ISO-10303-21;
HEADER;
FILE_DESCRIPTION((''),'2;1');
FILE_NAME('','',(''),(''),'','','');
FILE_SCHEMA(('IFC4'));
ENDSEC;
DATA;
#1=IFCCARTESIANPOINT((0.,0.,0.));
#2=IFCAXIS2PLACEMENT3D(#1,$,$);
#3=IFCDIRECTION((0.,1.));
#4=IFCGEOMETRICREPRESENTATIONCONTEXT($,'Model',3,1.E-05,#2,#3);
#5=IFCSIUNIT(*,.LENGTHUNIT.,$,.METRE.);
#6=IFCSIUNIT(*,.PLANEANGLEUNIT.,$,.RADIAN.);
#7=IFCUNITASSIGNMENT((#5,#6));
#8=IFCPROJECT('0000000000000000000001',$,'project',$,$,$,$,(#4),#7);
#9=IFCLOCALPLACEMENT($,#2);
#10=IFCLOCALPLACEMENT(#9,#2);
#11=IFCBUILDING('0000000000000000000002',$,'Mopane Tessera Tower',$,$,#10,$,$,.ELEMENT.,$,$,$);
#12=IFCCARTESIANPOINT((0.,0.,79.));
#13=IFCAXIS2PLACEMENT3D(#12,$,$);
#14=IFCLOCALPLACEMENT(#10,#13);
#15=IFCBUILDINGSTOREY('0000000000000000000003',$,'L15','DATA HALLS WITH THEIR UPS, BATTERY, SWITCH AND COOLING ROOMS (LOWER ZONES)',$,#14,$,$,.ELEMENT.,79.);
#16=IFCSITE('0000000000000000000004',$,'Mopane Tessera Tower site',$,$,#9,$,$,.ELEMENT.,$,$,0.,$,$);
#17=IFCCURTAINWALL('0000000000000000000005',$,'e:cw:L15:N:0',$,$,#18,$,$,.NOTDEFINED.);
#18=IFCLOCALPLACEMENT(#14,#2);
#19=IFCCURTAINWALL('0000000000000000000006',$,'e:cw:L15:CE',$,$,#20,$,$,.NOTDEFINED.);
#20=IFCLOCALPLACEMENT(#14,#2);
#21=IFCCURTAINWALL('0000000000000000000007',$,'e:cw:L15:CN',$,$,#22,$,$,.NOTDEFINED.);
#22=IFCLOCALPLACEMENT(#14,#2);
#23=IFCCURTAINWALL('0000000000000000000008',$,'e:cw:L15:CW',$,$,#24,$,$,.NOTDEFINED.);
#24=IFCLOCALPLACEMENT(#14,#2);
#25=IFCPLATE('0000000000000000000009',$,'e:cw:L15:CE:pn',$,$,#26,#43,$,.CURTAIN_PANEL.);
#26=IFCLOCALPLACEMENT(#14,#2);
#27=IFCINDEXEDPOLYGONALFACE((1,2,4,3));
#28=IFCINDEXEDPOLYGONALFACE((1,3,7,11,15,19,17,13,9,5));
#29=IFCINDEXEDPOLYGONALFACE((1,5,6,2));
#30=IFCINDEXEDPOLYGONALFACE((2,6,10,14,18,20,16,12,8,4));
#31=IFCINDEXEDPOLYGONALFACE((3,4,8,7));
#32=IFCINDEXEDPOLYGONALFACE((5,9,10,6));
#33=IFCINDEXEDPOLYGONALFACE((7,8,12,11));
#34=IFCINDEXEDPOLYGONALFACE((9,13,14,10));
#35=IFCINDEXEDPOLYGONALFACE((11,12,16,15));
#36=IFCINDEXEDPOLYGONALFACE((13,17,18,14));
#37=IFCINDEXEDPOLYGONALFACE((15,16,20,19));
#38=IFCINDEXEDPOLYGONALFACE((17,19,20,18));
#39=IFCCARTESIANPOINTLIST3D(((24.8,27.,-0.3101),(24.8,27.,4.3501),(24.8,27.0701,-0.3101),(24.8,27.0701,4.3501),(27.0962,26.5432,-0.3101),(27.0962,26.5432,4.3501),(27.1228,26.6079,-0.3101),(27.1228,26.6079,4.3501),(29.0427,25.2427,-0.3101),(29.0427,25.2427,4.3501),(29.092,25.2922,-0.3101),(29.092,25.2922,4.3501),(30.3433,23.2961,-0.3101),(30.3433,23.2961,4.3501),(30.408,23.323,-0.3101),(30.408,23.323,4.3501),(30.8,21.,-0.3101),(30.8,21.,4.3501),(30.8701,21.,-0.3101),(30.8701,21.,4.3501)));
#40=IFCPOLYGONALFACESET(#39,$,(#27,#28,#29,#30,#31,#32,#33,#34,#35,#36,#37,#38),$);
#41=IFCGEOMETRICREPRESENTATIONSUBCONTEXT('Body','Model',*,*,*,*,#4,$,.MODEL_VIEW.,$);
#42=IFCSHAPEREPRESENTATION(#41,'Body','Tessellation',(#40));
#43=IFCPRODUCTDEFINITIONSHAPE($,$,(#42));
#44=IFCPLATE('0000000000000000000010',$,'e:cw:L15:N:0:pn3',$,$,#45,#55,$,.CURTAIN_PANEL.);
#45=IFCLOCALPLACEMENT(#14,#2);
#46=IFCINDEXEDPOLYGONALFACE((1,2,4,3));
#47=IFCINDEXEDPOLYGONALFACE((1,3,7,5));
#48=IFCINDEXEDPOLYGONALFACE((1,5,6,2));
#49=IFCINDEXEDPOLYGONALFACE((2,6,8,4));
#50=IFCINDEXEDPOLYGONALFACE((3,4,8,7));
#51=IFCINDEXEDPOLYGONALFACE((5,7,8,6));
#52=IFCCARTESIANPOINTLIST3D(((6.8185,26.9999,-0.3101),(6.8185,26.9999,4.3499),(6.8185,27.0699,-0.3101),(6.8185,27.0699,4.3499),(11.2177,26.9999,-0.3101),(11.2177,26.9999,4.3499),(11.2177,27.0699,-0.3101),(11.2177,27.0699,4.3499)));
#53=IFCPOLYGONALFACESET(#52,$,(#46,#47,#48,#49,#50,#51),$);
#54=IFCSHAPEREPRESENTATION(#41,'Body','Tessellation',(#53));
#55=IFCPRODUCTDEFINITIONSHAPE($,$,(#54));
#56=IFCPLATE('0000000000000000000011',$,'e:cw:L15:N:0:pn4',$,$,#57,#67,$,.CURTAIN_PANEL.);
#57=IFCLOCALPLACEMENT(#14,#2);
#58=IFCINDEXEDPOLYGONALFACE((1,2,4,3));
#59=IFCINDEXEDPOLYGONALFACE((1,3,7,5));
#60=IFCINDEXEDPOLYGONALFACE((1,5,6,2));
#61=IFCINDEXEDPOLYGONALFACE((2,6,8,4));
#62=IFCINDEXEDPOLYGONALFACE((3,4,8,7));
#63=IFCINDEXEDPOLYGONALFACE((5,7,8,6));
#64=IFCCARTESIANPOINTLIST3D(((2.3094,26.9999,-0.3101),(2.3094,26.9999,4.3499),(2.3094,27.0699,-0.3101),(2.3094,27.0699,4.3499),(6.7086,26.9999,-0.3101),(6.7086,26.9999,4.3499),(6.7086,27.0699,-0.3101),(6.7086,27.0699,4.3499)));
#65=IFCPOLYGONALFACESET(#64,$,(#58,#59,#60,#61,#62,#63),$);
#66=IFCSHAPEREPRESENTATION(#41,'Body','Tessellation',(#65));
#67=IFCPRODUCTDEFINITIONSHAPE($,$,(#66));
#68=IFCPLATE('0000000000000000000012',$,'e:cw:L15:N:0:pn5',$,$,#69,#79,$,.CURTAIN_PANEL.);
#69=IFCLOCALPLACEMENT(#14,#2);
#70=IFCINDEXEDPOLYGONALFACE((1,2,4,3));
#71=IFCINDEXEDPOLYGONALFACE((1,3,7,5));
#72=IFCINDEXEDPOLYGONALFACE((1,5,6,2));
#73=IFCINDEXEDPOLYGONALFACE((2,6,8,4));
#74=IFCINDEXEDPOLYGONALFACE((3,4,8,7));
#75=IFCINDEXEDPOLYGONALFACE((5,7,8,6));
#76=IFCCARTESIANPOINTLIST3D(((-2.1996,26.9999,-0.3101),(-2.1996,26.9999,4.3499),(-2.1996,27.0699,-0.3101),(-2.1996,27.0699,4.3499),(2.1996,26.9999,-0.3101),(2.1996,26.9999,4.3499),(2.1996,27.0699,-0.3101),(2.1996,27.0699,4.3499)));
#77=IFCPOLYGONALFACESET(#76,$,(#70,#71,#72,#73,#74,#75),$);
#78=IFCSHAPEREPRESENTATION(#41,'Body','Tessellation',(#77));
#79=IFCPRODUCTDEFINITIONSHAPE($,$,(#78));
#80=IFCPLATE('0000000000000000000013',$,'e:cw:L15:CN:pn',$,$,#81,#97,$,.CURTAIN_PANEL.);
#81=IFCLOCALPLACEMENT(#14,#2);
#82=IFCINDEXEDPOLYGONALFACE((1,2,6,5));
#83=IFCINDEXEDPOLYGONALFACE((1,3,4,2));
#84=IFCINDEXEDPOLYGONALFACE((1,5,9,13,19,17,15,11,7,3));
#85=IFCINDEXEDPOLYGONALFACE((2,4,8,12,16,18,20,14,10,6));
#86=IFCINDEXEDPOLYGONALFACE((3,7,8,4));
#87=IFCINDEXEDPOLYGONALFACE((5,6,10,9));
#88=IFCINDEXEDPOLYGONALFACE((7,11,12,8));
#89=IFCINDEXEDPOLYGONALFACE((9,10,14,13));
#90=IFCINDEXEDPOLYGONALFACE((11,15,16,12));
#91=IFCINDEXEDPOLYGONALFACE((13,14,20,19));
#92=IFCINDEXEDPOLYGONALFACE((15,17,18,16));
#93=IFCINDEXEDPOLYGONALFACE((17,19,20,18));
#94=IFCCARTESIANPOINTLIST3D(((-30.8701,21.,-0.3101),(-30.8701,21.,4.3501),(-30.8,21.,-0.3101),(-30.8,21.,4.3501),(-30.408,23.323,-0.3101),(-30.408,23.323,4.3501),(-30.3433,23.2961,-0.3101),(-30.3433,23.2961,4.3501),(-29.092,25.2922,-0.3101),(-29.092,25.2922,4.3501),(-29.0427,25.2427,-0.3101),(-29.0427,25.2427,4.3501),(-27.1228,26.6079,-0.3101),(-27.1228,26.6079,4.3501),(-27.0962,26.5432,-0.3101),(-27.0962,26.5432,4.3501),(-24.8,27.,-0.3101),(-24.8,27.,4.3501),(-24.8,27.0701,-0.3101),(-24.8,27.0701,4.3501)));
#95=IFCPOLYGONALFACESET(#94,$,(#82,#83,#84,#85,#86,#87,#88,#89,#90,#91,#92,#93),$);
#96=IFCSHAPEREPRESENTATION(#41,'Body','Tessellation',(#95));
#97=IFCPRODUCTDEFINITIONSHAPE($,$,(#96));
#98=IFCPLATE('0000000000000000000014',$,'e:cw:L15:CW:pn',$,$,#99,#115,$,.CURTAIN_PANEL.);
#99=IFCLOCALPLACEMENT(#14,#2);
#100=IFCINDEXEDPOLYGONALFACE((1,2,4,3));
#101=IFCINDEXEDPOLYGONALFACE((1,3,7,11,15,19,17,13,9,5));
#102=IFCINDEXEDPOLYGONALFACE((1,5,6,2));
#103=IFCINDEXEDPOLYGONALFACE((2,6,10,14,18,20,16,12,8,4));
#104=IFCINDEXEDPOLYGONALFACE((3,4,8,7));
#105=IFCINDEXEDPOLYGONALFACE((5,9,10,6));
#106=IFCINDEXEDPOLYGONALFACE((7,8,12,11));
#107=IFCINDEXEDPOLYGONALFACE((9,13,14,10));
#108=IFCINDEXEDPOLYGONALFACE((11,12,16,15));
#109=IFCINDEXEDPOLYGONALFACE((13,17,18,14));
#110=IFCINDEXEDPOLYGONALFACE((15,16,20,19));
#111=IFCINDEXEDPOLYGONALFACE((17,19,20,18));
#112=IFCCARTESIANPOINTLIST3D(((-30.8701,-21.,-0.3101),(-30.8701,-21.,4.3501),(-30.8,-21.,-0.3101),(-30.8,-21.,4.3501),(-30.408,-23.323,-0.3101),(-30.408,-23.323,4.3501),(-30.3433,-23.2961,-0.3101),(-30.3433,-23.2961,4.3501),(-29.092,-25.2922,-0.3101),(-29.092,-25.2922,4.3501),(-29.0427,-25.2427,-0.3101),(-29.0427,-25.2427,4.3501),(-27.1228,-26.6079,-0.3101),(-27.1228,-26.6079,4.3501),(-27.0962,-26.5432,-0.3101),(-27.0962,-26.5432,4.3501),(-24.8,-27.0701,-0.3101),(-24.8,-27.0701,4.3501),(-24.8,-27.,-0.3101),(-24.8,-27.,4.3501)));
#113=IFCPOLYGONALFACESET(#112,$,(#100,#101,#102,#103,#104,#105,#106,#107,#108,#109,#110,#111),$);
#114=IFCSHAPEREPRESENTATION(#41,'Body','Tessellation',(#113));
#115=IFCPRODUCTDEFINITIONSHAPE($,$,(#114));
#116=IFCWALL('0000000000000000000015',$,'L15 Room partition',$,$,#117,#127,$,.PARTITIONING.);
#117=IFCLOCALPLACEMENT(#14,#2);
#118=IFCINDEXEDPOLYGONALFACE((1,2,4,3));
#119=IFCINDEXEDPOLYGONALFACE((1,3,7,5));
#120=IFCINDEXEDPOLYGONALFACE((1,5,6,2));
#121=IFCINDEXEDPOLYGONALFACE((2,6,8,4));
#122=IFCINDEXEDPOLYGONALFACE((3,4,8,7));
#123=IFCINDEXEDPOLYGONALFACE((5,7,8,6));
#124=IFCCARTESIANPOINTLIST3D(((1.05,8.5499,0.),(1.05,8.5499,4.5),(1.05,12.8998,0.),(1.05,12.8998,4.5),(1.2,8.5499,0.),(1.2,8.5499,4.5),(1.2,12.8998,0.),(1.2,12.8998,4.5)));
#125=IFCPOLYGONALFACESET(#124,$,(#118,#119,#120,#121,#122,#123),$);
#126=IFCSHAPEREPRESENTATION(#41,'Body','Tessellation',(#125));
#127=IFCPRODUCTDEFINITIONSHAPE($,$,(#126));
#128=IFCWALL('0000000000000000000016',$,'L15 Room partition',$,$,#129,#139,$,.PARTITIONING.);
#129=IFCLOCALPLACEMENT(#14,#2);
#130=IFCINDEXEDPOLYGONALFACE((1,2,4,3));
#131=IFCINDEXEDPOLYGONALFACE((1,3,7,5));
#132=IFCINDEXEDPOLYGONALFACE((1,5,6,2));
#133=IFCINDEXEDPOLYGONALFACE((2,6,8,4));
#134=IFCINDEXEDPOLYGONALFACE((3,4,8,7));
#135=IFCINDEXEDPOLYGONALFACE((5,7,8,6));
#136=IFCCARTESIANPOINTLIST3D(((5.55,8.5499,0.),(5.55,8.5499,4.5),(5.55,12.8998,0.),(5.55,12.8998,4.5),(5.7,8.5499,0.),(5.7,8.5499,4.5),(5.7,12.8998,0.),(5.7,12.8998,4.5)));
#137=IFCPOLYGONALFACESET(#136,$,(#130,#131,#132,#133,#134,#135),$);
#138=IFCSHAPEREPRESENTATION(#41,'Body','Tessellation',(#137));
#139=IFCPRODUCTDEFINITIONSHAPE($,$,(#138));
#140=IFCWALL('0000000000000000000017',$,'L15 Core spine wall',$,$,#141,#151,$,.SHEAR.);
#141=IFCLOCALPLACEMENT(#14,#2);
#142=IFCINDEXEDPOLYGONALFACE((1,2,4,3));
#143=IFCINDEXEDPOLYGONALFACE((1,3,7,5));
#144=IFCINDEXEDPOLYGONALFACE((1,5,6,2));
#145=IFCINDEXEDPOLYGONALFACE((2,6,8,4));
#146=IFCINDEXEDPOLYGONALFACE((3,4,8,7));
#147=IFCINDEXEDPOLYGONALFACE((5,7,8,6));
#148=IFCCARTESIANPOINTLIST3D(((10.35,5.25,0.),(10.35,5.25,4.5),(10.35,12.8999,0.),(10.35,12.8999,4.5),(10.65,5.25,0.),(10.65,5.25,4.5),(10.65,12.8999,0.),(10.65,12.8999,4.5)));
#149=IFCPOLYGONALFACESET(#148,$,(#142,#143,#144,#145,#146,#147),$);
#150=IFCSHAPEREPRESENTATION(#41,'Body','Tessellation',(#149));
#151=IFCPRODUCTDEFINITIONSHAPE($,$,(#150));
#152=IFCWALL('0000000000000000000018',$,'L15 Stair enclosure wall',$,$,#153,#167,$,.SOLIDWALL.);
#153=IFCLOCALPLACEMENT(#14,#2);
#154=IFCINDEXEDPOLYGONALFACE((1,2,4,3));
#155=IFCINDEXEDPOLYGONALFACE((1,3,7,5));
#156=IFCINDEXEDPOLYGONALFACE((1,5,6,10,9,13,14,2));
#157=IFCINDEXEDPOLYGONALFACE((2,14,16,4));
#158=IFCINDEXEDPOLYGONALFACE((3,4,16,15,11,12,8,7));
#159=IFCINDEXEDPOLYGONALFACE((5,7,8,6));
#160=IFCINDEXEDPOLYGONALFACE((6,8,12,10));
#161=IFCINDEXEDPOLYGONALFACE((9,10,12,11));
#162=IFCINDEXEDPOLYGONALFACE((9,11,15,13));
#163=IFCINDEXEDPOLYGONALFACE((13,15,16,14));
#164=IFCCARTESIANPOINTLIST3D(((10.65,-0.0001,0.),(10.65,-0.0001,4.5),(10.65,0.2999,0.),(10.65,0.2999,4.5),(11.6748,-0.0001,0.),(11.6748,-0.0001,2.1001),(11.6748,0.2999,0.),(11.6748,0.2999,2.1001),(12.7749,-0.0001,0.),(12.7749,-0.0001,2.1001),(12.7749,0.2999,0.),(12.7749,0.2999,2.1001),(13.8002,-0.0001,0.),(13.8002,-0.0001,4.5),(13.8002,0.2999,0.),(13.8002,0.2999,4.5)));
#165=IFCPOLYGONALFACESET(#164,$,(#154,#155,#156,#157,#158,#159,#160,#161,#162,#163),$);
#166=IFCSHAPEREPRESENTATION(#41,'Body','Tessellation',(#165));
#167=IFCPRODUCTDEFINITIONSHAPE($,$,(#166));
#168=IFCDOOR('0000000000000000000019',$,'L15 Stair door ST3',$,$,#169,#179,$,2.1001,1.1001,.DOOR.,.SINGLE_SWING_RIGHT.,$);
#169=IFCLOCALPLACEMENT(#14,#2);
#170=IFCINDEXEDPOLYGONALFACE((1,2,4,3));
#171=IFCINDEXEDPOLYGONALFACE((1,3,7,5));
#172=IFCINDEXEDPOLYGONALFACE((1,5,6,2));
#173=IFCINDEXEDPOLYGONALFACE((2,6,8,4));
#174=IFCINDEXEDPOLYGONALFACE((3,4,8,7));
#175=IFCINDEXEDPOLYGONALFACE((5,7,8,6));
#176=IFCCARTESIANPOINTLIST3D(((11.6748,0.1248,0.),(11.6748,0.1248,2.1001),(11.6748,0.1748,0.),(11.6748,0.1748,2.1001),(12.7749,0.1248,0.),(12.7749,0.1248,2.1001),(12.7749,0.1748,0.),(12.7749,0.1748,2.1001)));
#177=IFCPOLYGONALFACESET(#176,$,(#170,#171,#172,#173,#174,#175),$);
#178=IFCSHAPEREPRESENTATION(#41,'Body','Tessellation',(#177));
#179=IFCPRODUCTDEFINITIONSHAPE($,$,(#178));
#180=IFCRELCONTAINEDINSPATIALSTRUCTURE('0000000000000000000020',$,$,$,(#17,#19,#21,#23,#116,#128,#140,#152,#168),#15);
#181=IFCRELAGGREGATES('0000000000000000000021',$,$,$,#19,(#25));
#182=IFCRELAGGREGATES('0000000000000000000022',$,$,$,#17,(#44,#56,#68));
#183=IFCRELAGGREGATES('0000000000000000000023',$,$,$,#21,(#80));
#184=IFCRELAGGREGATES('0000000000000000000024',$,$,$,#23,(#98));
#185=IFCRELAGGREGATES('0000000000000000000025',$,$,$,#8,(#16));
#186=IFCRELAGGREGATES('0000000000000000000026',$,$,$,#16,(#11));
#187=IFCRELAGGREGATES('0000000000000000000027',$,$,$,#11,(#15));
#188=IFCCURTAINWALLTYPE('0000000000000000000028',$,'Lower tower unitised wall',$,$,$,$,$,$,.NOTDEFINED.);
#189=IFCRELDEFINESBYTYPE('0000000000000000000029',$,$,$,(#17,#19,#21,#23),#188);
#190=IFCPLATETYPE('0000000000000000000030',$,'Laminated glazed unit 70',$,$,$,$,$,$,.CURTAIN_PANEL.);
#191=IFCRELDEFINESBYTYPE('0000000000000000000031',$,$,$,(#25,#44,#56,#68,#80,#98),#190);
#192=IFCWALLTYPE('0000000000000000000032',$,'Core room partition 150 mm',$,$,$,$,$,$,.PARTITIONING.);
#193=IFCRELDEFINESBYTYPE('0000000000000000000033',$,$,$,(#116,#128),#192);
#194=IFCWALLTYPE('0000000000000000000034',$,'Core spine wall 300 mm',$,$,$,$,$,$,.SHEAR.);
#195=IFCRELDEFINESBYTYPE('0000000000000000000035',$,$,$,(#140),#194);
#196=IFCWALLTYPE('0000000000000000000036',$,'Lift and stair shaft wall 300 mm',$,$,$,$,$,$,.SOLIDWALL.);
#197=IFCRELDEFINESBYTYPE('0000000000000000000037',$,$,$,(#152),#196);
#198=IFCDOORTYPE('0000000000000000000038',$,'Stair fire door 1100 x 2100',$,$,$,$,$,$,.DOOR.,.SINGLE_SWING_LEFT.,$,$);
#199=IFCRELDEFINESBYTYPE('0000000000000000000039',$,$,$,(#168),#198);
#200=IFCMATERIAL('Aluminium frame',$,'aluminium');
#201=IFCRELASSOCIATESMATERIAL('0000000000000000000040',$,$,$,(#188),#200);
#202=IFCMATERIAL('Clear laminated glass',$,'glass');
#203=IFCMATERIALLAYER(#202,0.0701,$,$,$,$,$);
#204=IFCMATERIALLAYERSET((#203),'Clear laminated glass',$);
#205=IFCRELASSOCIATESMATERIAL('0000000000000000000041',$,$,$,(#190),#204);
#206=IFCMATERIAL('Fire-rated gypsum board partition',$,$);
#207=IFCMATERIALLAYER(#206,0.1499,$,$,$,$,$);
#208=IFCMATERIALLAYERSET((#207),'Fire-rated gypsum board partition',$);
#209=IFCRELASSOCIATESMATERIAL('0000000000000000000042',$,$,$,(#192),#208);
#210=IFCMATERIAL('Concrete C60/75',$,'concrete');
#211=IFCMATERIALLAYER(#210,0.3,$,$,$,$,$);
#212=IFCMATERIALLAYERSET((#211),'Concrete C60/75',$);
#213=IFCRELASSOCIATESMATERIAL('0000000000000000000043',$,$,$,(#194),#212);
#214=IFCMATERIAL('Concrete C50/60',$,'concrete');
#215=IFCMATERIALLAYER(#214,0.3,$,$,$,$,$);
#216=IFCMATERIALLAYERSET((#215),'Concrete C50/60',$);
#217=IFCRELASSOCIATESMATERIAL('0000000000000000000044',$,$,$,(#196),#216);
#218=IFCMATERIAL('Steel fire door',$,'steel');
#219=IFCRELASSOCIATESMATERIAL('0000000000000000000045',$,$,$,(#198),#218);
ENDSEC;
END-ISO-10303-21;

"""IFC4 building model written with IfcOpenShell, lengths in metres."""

from ifc_helpers import new_model, si_unit, direction, frame, frame_2d, origin, origin_2d, place, context, subcontext, project, spatial, polyline, rectangle, outline, extrude, material, layer, layer_set, type_object, element, fill, aggregate, save


model = new_model("IFC4")

# Units and contexts
model_context = context("Model", 3, precision=1e-05, world=origin(), true_north=direction((0.0, 1.0)))
body_context = subcontext(model_context, "Body", "Model", "MODEL_VIEW")
ifc_project = project(units=[si_unit("LENGTHUNIT", "METRE"), si_unit("PLANEANGLEUNIT", "RADIAN")], contexts=[model_context])

# Site, building, storey
site_placement = place(None, origin())
site = spatial("IfcSite", under=ifc_project, at=site_placement, Name="Mopane Tessera Tower site", CompositionType="ELEMENT", RefElevation=0.0)
building_placement = place(site_placement, origin())
building = spatial("IfcBuilding", under=site, at=building_placement, Name="Mopane Tessera Tower", CompositionType="ELEMENT")
storey_placement = place(building_placement, frame((0.0, 0.0, 79.0)))
storey = spatial("IfcBuildingStorey", under=building, at=storey_placement, Name="L15", Description="DATA HALLS WITH THEIR UPS, BATTERY, SWITCH AND COOLING ROOMS (LOWER ZONES)", CompositionType="ELEMENT", Elevation=79.0)

# Curtain wall
ifc_material_1 = material(Name="Aluminium frame", Category="aluminium")
curtain_wall_type = type_object("IfcCurtainWallType", Name="Lower tower unitised wall", PredefinedType="NOTDEFINED", material=ifc_material_1)
curtain_wall_1_placement = place(storey_placement, origin())
curtain_wall_1 = element("IfcCurtainWall", 1, at=curtain_wall_1_placement, inside=storey, type_object=curtain_wall_type, Name="e:cw:L15:N:0", PredefinedType="NOTDEFINED")

# Curtain wall
curtain_wall_2_placement = place(storey_placement, origin())
curtain_wall_2 = element("IfcCurtainWall", 2, at=curtain_wall_2_placement, inside=storey, type_object=curtain_wall_type, Name="e:cw:L15:CE", PredefinedType="NOTDEFINED")

# Curtain walls
curtain_wall_3_placement = place(storey_placement, origin())
curtain_wall_3 = element("IfcCurtainWall", 3, at=curtain_wall_3_placement, inside=storey, type_object=curtain_wall_type, Name="e:cw:L15:CN", PredefinedType="NOTDEFINED")
curtain_wall_4_placement = place(storey_placement, origin())
curtain_wall_4 = element("IfcCurtainWall", 4, at=curtain_wall_4_placement, inside=storey, type_object=curtain_wall_type, Name="e:cw:L15:CW", PredefinedType="NOTDEFINED")

# Plates
ifc_material_2 = material(Name="Clear laminated glass", Category="glass")
ifc_layer_1 = layer(ifc_material_2, 0.0701)
ifc_layer_set_1 = layer_set([ifc_layer_1], Name="Clear laminated glass")
plate_type = type_object("IfcPlateType", Name="Laminated glazed unit 70", PredefinedType="CURTAIN_PANEL", material=ifc_layer_set_1)
plate_1_placement = place(storey_placement, frame((0.0, 0.0, -0.3101)))
plate_1 = element("IfcPlate", 5, at=plate_1_placement, type_object=plate_type, Name="e:cw:L15:CE:pn", PredefinedType="CURTAIN_PANEL", context=body_context, shape_type="SweptSolid", body=[
    extrude(outline(polyline([(30.8, 21.0), (30.3433, 23.2961), (29.0427, 25.2427), (27.0962, 26.5432), (24.8, 27.0), (24.8, 27.0701), (27.1228, 26.6079), (29.092, 25.2922), (30.408, 23.323), (30.8701, 21.0), (30.8, 21.0)])), origin(), (0.0, 0.0, 1.0), 4.6602),
])
aggregate(curtain_wall_2, [plate_1])
plate_2_placement = place(storey_placement, frame((9.0181, 27.0349, -0.3101), z_axis=(0.0, 0.0, 1.0), x_axis=(-1.0, 0.0, 0.0)))
plate_2 = element("IfcPlate", 6, at=plate_2_placement, type_object=plate_type, Name="e:cw:L15:N:0:pn3", PredefinedType="CURTAIN_PANEL", context=body_context, shape_type="SweptSolid", body=[
    extrude(rectangle(XDim=4.3992, YDim=0.0701, at=origin_2d()), origin(), (0.0, 0.0, 1.0), 4.6599),
])
plate_3_placement = place(storey_placement, frame((4.509, 27.0349, -0.3101), z_axis=(0.0, 0.0, 1.0), x_axis=(-1.0, 0.0, 0.0)))
plate_3 = element("IfcPlate", 7, at=plate_3_placement, type_object=plate_type, Name="e:cw:L15:N:0:pn4", PredefinedType="CURTAIN_PANEL", context=body_context, shape_type="SweptSolid", body=[
    extrude(rectangle(XDim=4.3992, YDim=0.0701, at=origin_2d()), origin(), (0.0, 0.0, 1.0), 4.6599),
])
plate_4_placement = place(storey_placement, frame((0.0, 27.0349, -0.3101), z_axis=(0.0, 0.0, 1.0), x_axis=(-1.0, 0.0, 0.0)))
plate_4 = element("IfcPlate", 8, at=plate_4_placement, type_object=plate_type, Name="e:cw:L15:N:0:pn5", PredefinedType="CURTAIN_PANEL", context=body_context, shape_type="SweptSolid", body=[
    extrude(rectangle(XDim=4.3992, YDim=0.0701, at=origin_2d()), origin(), (0.0, 0.0, 1.0), 4.6599),
])
aggregate(curtain_wall_1, [plate_2, plate_3, plate_4])
plate_5_placement = place(storey_placement, frame((0.0, 0.0, -0.3101)))
plate_5 = element("IfcPlate", 9, at=plate_5_placement, type_object=plate_type, Name="e:cw:L15:CN:pn", PredefinedType="CURTAIN_PANEL", context=body_context, shape_type="SweptSolid", body=[
    extrude(outline(polyline([(-24.8, 27.0), (-27.0962, 26.5432), (-29.0427, 25.2427), (-30.3433, 23.2961), (-30.8, 21.0), (-30.8701, 21.0), (-30.408, 23.323), (-29.092, 25.2922), (-27.1228, 26.6079), (-24.8, 27.0701), (-24.8, 27.0)])), origin(), (0.0, 0.0, 1.0), 4.6602),
])
aggregate(curtain_wall_3, [plate_5])
plate_6_placement = place(storey_placement, frame((0.0, 0.0, -0.3101)))
plate_6 = element("IfcPlate", 10, at=plate_6_placement, type_object=plate_type, Name="e:cw:L15:CW:pn", PredefinedType="CURTAIN_PANEL", context=body_context, shape_type="SweptSolid", body=[
    extrude(outline(polyline([(-30.8, -21.0), (-30.3433, -23.2961), (-29.0427, -25.2427), (-27.0962, -26.5432), (-24.8, -27.0), (-24.8, -27.0701), (-27.1228, -26.6079), (-29.092, -25.2922), (-30.408, -23.323), (-30.8701, -21.0), (-30.8, -21.0)])), origin(), (0.0, 0.0, 1.0), 4.6602),
])
aggregate(curtain_wall_4, [plate_6])

# Walls
ifc_material_3 = material(Name="Fire-rated gypsum board partition")
ifc_layer_2 = layer(ifc_material_3, 0.1499)
ifc_layer_set_2 = layer_set([ifc_layer_2], Name="Fire-rated gypsum board partition")
wall_type_1 = type_object("IfcWallType", Name="Core room partition 150 mm", PredefinedType="PARTITIONING", material=ifc_layer_set_2)
for number, where, z_axis, x_axis, name in (
    (11, (1.125, 8.55, 0.0), (0.0, 0.0, 1.0), (0.0, 1.0, 0.0), "L15 Room partition"),
    (12, (5.625, 8.55, 0.0), (0.0, 0.0, 1.0), (0.0, 1.0, 0.0), "L15 Room partition"),
):
    element("IfcWall", number, at=place(storey_placement, frame(where, z_axis=z_axis, x_axis=x_axis)), inside=storey, type_object=wall_type_1, Name=name, PredefinedType="PARTITIONING", context=body_context, shape_type="SweptSolid", body=[
        extrude(rectangle(XDim=4.3499, YDim=0.1499, at=frame_2d((2.1748, 0.0))), origin(), (0.0, 0.0, 1.0), 4.5),
    ])
ifc_material_4 = material(Name="Concrete C60/75", Category="concrete")
ifc_layer_3 = layer(ifc_material_4, 0.3)
ifc_layer_set_3 = layer_set([ifc_layer_3], Name="Concrete C60/75")
wall_type_2 = type_object("IfcWallType", Name="Core spine wall 300 mm", PredefinedType="SHEAR", material=ifc_layer_set_3)
wall_1_placement = place(storey_placement, frame((10.5, 5.25, 0.0), z_axis=(0.0, 0.0, 1.0), x_axis=(0.0, 1.0, 0.0)))
element("IfcWall", 13, at=wall_1_placement, inside=storey, type_object=wall_type_2, Name="L15 Core spine wall", PredefinedType="SHEAR", context=body_context, shape_type="SweptSolid", body=[
    extrude(rectangle(XDim=7.6499, YDim=0.3, at=frame_2d((3.825, 0.0))), origin(), (0.0, 0.0, 1.0), 4.5),
])

# Wall, opening, door
ifc_material_5 = material(Name="Concrete C50/60", Category="concrete")
ifc_layer_4 = layer(ifc_material_5, 0.3)
ifc_layer_set_4 = layer_set([ifc_layer_4], Name="Concrete C50/60")
wall_type_3 = type_object("IfcWallType", Name="Lift and stair shaft wall 300 mm", PredefinedType="SOLIDWALL", material=ifc_layer_set_4)
wall_2_placement = place(storey_placement, frame((10.6499, 0.1499, 0.0), z_axis=(0.0, 0.0, 1.0), x_axis=(1.0, 0.0, 0.0)))
wall_2 = element("IfcWall", 14, at=wall_2_placement, inside=storey, type_object=wall_type_3, Name="L15 Stair enclosure wall", PredefinedType="SOLIDWALL", context=body_context, shape_type="SweptSolid", body=[
    extrude(rectangle(XDim=3.1501, YDim=0.3, at=frame_2d((1.5752, 0.0))), origin(), (0.0, 0.0, 1.0), 4.5),
])
opening_1_placement = place(wall_2_placement, frame((1.0249, 0.0, 0.0)))
opening_1 = element("IfcOpeningElement", 15, at=opening_1_placement, cuts=wall_2, PredefinedType="OPENING", context=body_context, shape_type="SweptSolid", body=[
    extrude(rectangle(XDim=1.1001, YDim=2.1001, at=frame_2d((0.55, 1.05))), frame((0.0, 0.1621, 0.0), z_axis=(0.0, -1.0, 0.0), x_axis=(1.0, 0.0, 0.0)), (0.0, 0.0, 1.0), 0.324),
])
ifc_material_6 = material(Name="Steel fire door", Category="steel")
door_type = type_object("IfcDoorType", Name="Stair fire door 1100 x 2100", OperationType="SINGLE_SWING_LEFT", PredefinedType="DOOR", material=ifc_material_6)
door_1_placement = place(opening_1_placement, origin())
door_1 = element("IfcDoor", 16, at=door_1_placement, inside=storey, type_object=door_type, Name="L15 Stair door ST3", OperationType="SINGLE_SWING_RIGHT", OverallHeight=2.1001, OverallWidth=1.1001, PredefinedType="DOOR", context=body_context, shape_type="SweptSolid", body=[
    extrude(rectangle(XDim=1.1001, YDim=2.1001, at=frame_2d((0.55, 1.05))), frame((0.0, 0.0249, 0.0), z_axis=(0.0, -1.0, 0.0), x_axis=(1.0, 0.0, 0.0)), (0.0, 0.0, 1.0), 0.05),
])
fill(opening_1, door_1)

save(model, "model.ifc")
